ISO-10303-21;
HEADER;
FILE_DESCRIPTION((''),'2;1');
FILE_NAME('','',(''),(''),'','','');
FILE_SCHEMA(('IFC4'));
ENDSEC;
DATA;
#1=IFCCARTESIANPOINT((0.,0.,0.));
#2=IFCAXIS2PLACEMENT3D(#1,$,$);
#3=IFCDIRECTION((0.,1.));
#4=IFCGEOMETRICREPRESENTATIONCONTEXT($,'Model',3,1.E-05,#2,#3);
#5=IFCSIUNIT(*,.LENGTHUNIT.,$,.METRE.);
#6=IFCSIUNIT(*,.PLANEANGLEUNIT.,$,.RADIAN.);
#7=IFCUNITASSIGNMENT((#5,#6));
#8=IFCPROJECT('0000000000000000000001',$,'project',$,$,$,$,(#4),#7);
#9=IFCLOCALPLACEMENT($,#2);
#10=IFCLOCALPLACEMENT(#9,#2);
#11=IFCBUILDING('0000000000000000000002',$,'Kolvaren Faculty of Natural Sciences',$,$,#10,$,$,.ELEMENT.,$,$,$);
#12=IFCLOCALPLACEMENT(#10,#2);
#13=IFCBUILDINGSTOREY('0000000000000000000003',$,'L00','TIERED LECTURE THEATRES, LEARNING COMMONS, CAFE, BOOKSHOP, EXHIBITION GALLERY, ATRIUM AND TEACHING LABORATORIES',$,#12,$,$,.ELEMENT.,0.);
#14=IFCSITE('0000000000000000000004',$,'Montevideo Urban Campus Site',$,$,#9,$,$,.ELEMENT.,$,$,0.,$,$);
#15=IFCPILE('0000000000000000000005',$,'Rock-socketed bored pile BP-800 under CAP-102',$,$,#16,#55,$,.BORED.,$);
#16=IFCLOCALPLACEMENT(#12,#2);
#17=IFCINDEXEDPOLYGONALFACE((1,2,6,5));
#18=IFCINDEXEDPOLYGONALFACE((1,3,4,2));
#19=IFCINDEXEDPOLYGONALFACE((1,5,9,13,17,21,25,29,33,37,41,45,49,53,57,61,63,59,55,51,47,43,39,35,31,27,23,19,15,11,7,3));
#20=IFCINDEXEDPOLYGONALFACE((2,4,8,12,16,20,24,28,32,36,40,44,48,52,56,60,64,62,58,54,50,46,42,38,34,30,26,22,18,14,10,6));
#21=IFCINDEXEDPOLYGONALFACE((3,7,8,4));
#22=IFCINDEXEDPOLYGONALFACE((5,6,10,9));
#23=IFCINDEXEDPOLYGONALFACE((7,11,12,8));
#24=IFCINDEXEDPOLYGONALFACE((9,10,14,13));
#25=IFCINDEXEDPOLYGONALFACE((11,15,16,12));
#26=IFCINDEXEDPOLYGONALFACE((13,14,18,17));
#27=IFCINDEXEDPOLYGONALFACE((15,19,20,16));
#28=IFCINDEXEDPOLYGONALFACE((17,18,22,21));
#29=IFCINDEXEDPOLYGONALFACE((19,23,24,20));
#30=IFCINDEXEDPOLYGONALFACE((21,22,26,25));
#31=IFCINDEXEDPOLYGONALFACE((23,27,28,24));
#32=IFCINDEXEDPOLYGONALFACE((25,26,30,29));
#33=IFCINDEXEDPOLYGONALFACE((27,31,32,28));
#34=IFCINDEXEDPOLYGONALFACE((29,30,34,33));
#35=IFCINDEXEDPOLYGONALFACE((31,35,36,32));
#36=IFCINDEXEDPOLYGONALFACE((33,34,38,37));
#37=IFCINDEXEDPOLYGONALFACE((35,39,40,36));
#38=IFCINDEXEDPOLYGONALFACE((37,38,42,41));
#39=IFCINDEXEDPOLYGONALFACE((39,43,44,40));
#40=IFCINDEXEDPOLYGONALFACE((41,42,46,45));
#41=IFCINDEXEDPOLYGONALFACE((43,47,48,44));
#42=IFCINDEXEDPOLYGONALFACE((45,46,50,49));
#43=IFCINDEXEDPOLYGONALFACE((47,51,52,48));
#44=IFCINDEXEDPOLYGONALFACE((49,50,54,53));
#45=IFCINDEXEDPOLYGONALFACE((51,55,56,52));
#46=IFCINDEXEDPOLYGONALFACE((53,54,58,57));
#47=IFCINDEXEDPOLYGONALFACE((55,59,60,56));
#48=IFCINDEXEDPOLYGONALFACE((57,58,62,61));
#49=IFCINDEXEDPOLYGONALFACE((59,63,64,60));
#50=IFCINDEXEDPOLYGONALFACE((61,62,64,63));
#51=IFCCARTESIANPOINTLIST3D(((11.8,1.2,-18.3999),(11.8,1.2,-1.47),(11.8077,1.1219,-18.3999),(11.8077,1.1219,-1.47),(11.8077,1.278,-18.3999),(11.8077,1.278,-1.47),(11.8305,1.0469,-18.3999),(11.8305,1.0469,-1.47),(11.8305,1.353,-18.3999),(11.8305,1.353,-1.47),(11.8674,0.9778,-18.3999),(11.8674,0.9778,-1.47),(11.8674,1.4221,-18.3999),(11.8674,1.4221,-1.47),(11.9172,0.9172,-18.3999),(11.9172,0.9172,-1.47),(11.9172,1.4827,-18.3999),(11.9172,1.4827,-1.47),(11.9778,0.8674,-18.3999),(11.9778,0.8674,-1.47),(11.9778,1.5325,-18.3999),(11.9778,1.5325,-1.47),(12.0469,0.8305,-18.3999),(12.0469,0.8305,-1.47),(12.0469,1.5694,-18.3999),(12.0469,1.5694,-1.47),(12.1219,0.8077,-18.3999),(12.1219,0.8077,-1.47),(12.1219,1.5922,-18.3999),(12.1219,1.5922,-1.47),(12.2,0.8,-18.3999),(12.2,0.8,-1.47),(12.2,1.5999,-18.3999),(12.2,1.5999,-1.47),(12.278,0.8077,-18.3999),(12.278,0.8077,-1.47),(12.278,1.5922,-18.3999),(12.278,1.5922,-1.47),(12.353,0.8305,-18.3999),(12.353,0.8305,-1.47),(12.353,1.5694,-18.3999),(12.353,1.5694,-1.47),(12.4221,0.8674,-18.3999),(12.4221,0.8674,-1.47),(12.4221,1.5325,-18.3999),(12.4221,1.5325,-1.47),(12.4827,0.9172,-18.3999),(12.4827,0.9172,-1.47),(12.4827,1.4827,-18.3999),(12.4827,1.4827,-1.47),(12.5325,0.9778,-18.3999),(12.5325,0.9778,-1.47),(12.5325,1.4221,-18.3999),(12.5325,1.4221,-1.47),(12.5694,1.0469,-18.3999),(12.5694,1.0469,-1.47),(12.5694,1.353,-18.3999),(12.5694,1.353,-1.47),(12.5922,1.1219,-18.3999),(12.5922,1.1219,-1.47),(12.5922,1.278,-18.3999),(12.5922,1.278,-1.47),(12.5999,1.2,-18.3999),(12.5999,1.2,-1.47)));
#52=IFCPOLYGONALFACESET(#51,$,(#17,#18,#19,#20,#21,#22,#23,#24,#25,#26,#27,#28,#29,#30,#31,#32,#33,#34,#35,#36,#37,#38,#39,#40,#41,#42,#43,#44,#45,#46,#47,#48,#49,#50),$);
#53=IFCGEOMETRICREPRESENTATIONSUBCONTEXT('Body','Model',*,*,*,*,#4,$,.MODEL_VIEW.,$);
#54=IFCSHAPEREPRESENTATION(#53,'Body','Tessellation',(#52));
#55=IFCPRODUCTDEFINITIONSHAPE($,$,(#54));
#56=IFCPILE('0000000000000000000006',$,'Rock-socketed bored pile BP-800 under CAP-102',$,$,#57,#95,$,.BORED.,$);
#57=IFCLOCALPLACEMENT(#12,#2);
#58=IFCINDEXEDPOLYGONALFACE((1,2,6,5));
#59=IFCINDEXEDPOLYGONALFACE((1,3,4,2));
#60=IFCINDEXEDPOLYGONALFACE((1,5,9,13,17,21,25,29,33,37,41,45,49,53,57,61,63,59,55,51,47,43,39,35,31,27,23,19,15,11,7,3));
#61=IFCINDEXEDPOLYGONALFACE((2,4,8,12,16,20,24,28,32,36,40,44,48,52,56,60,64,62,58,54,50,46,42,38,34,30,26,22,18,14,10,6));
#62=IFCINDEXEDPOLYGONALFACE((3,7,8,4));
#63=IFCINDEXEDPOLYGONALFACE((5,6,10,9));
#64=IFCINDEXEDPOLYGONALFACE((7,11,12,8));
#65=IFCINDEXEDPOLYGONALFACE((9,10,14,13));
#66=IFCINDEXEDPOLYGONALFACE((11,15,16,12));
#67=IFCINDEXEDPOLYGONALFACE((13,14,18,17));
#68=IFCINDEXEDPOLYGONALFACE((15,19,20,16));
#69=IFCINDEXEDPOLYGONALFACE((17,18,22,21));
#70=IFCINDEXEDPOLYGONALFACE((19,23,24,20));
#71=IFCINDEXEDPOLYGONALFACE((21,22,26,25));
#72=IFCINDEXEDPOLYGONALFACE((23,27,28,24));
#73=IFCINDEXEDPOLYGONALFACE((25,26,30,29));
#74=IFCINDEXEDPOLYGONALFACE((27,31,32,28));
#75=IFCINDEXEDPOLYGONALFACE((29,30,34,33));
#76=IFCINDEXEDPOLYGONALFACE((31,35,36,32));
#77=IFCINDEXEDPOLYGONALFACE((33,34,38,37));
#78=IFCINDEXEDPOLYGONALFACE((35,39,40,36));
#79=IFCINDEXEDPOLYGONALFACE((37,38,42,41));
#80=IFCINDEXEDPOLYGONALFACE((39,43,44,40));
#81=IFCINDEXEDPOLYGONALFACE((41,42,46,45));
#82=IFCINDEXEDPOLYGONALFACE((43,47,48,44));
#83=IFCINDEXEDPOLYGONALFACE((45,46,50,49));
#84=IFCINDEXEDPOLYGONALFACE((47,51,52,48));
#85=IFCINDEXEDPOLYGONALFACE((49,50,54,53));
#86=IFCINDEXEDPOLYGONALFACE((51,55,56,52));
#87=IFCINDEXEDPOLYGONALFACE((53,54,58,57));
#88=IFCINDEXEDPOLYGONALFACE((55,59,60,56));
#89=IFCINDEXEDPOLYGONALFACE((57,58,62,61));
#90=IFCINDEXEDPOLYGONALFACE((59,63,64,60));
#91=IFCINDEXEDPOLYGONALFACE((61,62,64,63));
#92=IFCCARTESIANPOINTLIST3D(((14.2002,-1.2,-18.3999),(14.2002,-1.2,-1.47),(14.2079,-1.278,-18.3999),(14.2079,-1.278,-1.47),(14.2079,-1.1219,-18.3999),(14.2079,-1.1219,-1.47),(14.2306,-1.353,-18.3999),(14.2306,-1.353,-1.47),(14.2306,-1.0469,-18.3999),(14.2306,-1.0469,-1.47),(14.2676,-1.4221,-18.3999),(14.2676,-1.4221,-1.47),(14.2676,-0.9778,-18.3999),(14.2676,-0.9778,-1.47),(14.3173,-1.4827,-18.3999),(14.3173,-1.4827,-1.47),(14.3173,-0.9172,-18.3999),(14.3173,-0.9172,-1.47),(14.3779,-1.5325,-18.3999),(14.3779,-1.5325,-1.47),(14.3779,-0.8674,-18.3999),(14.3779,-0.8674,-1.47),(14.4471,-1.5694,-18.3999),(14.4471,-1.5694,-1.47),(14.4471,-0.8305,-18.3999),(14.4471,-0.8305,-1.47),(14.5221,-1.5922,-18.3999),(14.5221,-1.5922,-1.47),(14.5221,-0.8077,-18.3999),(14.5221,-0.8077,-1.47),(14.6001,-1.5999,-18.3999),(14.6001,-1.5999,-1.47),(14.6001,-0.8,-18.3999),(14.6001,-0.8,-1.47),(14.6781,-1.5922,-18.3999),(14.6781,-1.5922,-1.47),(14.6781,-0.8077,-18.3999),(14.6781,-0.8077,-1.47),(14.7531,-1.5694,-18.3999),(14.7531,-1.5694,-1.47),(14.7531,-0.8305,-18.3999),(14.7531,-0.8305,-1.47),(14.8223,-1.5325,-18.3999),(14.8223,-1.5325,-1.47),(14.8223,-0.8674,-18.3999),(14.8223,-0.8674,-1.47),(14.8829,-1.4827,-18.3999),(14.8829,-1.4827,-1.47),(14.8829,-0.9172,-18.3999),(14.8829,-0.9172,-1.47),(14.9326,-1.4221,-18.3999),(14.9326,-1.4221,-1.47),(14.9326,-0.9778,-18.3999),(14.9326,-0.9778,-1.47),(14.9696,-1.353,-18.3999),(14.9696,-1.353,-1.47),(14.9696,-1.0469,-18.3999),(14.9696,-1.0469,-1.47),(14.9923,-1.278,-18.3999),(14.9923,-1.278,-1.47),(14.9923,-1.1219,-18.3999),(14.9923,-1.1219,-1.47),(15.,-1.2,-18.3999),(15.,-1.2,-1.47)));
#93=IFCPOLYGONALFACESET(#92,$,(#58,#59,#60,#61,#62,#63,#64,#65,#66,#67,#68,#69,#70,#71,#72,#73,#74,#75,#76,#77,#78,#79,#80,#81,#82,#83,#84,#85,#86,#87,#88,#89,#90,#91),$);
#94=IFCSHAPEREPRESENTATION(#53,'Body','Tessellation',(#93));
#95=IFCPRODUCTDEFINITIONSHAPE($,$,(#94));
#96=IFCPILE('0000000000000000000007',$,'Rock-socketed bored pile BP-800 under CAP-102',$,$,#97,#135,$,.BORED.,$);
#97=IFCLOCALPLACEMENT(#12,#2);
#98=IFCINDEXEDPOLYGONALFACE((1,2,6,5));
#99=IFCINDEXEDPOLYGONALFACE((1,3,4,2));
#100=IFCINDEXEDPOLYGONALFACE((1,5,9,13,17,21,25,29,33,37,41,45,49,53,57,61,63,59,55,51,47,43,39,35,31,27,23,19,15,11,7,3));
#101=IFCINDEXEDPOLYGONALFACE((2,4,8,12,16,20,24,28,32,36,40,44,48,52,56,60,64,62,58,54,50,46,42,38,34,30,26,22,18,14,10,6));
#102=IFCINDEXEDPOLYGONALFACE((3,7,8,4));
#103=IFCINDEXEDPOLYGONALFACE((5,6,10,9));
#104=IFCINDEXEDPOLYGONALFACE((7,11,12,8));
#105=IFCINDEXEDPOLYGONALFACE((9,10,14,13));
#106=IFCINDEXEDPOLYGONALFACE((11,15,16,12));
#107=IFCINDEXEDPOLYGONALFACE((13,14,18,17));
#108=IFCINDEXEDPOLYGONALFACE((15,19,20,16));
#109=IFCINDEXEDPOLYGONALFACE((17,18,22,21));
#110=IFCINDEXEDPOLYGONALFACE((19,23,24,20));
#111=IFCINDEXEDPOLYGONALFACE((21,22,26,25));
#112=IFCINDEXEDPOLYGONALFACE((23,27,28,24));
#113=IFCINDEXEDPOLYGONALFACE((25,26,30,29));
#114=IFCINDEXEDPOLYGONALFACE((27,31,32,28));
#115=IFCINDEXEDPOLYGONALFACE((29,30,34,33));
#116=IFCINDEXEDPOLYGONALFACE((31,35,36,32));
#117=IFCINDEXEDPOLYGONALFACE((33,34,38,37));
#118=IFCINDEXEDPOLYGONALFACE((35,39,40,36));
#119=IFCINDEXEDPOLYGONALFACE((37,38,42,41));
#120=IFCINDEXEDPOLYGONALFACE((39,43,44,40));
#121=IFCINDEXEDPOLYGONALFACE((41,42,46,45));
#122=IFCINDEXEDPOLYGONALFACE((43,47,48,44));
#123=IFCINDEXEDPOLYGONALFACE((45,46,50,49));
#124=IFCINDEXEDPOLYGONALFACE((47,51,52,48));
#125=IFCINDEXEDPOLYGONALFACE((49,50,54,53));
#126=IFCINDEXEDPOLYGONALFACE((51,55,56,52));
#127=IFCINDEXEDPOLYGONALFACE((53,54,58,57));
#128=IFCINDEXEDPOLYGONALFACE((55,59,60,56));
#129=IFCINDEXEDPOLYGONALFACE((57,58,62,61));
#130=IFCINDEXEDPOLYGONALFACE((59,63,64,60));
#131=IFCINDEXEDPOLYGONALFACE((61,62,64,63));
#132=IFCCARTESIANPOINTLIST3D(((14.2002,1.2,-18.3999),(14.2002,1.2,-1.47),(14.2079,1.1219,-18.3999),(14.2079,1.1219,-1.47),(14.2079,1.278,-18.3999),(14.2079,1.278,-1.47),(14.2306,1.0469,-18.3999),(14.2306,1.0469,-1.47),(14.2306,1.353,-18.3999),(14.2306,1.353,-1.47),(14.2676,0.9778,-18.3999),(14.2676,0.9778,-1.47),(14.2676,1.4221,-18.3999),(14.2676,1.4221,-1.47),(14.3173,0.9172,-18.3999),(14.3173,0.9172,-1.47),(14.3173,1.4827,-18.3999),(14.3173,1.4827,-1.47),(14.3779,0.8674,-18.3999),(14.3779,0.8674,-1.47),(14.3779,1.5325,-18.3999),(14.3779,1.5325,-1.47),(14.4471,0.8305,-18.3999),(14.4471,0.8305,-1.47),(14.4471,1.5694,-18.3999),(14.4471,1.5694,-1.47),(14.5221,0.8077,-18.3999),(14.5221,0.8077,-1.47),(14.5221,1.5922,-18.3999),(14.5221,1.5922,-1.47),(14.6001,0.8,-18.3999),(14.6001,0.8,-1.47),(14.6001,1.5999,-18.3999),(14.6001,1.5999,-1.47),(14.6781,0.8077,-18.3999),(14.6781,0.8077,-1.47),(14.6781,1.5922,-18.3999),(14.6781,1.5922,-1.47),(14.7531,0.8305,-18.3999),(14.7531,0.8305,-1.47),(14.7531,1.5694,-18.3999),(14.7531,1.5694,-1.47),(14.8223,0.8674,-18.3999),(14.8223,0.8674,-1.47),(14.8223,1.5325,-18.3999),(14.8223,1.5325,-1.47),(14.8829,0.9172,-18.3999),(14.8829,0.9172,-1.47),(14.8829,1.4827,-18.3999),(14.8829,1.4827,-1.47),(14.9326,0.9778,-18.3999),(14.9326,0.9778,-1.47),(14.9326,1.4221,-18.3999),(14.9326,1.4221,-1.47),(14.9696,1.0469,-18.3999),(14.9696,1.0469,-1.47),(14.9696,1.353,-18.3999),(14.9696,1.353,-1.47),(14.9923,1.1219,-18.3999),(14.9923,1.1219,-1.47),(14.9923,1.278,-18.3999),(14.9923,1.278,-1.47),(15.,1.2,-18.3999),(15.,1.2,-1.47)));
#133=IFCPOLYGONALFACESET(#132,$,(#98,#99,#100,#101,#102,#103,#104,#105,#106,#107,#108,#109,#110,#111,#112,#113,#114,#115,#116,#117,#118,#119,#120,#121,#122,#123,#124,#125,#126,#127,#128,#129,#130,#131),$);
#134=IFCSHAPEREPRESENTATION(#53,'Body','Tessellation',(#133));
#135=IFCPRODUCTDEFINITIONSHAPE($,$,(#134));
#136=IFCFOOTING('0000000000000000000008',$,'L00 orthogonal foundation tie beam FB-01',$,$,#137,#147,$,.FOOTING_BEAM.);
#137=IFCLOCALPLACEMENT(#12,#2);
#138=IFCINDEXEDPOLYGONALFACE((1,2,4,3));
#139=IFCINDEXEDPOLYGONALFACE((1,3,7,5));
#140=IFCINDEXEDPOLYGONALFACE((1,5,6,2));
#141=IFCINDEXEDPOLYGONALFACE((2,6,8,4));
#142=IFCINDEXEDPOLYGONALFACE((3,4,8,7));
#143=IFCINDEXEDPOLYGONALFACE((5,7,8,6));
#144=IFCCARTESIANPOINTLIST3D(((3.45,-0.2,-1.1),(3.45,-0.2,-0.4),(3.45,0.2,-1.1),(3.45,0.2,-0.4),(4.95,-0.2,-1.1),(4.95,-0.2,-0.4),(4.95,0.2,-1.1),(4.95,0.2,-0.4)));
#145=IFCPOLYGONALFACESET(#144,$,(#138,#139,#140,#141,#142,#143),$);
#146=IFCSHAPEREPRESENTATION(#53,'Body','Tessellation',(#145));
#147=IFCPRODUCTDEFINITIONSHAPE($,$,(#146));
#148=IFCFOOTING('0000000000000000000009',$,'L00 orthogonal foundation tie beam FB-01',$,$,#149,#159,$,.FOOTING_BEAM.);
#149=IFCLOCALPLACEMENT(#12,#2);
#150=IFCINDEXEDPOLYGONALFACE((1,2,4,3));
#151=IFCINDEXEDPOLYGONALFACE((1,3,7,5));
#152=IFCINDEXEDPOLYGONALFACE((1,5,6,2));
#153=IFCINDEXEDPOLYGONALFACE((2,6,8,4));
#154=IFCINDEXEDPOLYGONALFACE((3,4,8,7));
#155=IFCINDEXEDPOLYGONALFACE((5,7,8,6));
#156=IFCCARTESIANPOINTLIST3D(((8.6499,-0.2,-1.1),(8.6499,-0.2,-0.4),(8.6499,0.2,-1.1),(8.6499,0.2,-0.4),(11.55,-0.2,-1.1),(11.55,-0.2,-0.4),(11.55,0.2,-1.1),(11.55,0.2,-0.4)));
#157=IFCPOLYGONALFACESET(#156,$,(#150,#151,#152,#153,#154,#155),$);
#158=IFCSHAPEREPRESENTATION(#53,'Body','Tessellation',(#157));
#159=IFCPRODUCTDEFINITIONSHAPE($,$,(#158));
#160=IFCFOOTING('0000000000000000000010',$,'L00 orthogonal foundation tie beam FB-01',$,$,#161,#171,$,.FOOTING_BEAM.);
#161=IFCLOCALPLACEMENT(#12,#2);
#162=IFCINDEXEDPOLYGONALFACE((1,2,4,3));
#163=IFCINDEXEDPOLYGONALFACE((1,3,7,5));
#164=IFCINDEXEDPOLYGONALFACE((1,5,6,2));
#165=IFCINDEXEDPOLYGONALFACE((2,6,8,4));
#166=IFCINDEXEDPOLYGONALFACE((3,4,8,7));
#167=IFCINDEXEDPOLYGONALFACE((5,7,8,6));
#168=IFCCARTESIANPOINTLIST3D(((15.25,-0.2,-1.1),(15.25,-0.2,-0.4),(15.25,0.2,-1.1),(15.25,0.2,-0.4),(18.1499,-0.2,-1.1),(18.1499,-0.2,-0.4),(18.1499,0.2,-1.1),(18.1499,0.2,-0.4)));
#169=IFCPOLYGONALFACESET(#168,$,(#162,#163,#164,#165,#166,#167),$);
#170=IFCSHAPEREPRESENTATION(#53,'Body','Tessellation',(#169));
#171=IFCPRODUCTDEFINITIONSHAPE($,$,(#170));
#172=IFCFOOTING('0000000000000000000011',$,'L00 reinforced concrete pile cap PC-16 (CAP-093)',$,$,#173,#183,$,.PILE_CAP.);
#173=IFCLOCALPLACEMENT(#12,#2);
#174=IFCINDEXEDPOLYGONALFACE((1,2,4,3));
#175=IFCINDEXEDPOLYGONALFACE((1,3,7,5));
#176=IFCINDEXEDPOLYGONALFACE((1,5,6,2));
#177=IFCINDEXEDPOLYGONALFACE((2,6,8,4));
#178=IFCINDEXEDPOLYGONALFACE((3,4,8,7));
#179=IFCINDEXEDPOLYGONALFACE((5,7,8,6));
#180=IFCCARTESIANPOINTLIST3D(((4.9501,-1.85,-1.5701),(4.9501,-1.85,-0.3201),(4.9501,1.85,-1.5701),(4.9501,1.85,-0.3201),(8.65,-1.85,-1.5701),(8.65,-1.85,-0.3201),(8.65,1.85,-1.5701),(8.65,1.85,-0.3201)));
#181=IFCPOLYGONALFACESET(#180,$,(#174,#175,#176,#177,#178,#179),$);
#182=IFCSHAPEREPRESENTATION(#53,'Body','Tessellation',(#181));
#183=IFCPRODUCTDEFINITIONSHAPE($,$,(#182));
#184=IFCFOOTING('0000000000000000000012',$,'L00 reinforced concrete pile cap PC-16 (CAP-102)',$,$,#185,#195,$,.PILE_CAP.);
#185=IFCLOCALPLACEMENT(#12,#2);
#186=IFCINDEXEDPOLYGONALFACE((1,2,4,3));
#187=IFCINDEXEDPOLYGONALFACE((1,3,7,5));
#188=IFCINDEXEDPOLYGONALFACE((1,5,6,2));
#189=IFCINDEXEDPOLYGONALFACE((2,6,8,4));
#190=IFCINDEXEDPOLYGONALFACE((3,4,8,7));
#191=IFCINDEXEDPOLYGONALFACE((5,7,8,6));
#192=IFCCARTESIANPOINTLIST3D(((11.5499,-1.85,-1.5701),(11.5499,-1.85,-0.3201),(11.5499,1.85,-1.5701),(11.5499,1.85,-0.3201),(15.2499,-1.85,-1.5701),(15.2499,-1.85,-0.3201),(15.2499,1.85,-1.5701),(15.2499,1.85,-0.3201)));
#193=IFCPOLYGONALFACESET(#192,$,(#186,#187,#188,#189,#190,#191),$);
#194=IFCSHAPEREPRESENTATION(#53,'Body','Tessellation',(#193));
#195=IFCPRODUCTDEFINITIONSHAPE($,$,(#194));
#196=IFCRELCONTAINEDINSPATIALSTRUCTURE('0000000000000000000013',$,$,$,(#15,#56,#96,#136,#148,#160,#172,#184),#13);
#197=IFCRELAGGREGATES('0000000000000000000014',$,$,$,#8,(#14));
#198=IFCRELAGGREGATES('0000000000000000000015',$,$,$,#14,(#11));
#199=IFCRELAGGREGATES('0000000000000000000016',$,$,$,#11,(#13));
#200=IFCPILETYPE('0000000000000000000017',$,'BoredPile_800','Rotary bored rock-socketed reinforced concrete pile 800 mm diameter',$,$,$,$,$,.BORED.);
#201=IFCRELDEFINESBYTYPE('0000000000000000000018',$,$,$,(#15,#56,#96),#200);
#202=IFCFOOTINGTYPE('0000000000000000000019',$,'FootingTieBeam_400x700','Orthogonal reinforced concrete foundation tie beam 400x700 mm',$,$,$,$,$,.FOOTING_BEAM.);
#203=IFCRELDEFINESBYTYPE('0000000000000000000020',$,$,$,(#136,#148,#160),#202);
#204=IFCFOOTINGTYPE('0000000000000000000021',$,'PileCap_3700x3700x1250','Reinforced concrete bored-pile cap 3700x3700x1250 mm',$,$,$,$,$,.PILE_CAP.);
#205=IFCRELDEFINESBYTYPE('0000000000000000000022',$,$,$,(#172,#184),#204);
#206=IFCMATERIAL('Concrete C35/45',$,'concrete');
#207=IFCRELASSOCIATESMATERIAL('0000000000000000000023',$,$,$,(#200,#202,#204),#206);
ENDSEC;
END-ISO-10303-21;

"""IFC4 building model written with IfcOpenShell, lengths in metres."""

from ifc_helpers import new_model, si_unit, direction, frame, origin, origin_2d, place, context, subcontext, project, spatial, rectangle, circle, extrude, material, material_profile, profile_set, type_object, element, save


model = new_model("IFC4")

# Units and contexts
model_context = context("Model", 3, precision=1e-05, world=origin(), true_north=direction((0.0, 1.0)))
body_context = subcontext(model_context, "Body", "Model", "MODEL_VIEW")
ifc_project = project(units=[si_unit("LENGTHUNIT", "METRE"), si_unit("PLANEANGLEUNIT", "RADIAN")], contexts=[model_context])

# Site, building, storey
site_placement = place(None, origin())
site = spatial("IfcSite", under=ifc_project, at=site_placement, Name="Montevideo Urban Campus Site", CompositionType="ELEMENT", RefElevation=0.0)
building_placement = place(site_placement, origin())
building = spatial("IfcBuilding", under=site, at=building_placement, Name="Kolvaren Faculty of Natural Sciences", CompositionType="ELEMENT")
storey_placement = place(building_placement, origin())
storey = spatial("IfcBuildingStorey", under=building, at=storey_placement, Name="L00", Description="TIERED LECTURE THEATRES, LEARNING COMMONS, CAFE, BOOKSHOP, EXHIBITION GALLERY, ATRIUM AND TEACHING LABORATORIES", CompositionType="ELEMENT", Elevation=0.0)

# Piles
ifc_material_1 = material(Name="Concrete C35/45", Category="concrete")
ifc_material_profile_1 = material_profile(ifc_material_1, circle(Radius=0.3999, at=origin_2d()), Name="PILE D800")
ifc_profile_set_1 = profile_set([ifc_material_profile_1], Name="Concrete C35/45")
pile_type = type_object("IfcPileType", Name="BoredPile_800", Description="Rotary bored rock-socketed reinforced concrete pile 800 mm diameter", PredefinedType="BORED", material=ifc_profile_set_1)
for number, where, z_axis, x_axis, name in (
    (1, (12.2, 1.2, -1.47), (0.0, 0.0, -1.0), (1.0, 0.0, 0.0), "Rock-socketed bored pile BP-800 under CAP-102"),
    (2, (14.6001, -1.2, -1.47), (0.0, 0.0, -1.0), (1.0, 0.0, 0.0), "Rock-socketed bored pile BP-800 under CAP-102"),
    (3, (14.6001, 1.2, -1.47), (0.0, 0.0, -1.0), (1.0, 0.0, 0.0), "Rock-socketed bored pile BP-800 under CAP-102"),
):
    element("IfcPile", number, at=place(storey_placement, frame(where, z_axis=z_axis, x_axis=x_axis)), inside=storey, type_object=pile_type, Name=name, PredefinedType="BORED", context=body_context, shape_type="SweptSolid", body=[
        extrude(circle(Radius=0.3999, at=origin_2d()), origin(), (0.0, 0.0, 1.0), 16.9299),
    ])

# Footings
ifc_material_profile_2 = material_profile(ifc_material_1, rectangle(XDim=0.3999, YDim=0.7, at=origin_2d()), Name="RC FB 400x700")
ifc_profile_set_2 = profile_set([ifc_material_profile_2], Name="Concrete C35/45")
footing_type_1 = type_object("IfcFootingType", Name="FootingTieBeam_400x700", Description="Orthogonal reinforced concrete foundation tie beam 400x700 mm", PredefinedType="FOOTING_BEAM", material=ifc_profile_set_2)
footing_1_placement = place(storey_placement, frame((3.45, 0.0, -0.75), z_axis=(1.0, 0.0, 0.0), x_axis=(0.0, 1.0, 0.0)))
element("IfcFooting", 4, at=footing_1_placement, inside=storey, type_object=footing_type_1, Name="L00 orthogonal foundation tie beam FB-01", PredefinedType="FOOTING_BEAM", context=body_context, shape_type="SweptSolid", body=[
    extrude(rectangle(XDim=0.3999, YDim=0.7, at=origin_2d()), origin(), (0.0, 0.0, 1.0), 1.5),
])
footing_2_placement = place(storey_placement, frame((8.6499, 0.0, -0.75), z_axis=(1.0, 0.0, 0.0), x_axis=(0.0, 1.0, 0.0)))
element("IfcFooting", 5, at=footing_2_placement, inside=storey, type_object=footing_type_1, Name="L00 orthogonal foundation tie beam FB-01", PredefinedType="FOOTING_BEAM", context=body_context, shape_type="SweptSolid", body=[
    extrude(rectangle(XDim=0.3999, YDim=0.7, at=origin_2d()), origin(), (0.0, 0.0, 1.0), 2.9001),
])
footing_3_placement = place(storey_placement, frame((15.25, 0.0, -0.75), z_axis=(1.0, 0.0, 0.0), x_axis=(0.0, 1.0, 0.0)))
element("IfcFooting", 6, at=footing_3_placement, inside=storey, type_object=footing_type_1, Name="L00 orthogonal foundation tie beam FB-01", PredefinedType="FOOTING_BEAM", context=body_context, shape_type="SweptSolid", body=[
    extrude(rectangle(XDim=0.3999, YDim=0.7, at=origin_2d()), origin(), (0.0, 0.0, 1.0), 2.8999),
])
footing_type_2 = type_object("IfcFootingType", Name="PileCap_3700x3700x1250", Description="Reinforced concrete bored-pile cap 3700x3700x1250 mm", PredefinedType="PILE_CAP", material=ifc_material_1)
for number, where, z_axis, x_axis, name in (
    (7, (6.8, 0.0, -1.5701), (0.0, 0.0, 1.0), (1.0, 0.0, 0.0), "L00 reinforced concrete pile cap PC-16 (CAP-093)"),
    (8, (13.3999, 0.0, -1.5701), (0.0, 0.0, 1.0), (1.0, 0.0, 0.0), "L00 reinforced concrete pile cap PC-16 (CAP-102)"),
):
    element("IfcFooting", number, at=place(storey_placement, frame(where, z_axis=z_axis, x_axis=x_axis)), inside=storey, type_object=footing_type_2, Name=name, PredefinedType="PILE_CAP", context=body_context, shape_type="SweptSolid", body=[
        extrude(rectangle(XDim=3.7, YDim=3.7, at=origin_2d()), origin(), (0.0, 0.0, 1.0), 1.25),
    ])

save(model, "model.ifc")
